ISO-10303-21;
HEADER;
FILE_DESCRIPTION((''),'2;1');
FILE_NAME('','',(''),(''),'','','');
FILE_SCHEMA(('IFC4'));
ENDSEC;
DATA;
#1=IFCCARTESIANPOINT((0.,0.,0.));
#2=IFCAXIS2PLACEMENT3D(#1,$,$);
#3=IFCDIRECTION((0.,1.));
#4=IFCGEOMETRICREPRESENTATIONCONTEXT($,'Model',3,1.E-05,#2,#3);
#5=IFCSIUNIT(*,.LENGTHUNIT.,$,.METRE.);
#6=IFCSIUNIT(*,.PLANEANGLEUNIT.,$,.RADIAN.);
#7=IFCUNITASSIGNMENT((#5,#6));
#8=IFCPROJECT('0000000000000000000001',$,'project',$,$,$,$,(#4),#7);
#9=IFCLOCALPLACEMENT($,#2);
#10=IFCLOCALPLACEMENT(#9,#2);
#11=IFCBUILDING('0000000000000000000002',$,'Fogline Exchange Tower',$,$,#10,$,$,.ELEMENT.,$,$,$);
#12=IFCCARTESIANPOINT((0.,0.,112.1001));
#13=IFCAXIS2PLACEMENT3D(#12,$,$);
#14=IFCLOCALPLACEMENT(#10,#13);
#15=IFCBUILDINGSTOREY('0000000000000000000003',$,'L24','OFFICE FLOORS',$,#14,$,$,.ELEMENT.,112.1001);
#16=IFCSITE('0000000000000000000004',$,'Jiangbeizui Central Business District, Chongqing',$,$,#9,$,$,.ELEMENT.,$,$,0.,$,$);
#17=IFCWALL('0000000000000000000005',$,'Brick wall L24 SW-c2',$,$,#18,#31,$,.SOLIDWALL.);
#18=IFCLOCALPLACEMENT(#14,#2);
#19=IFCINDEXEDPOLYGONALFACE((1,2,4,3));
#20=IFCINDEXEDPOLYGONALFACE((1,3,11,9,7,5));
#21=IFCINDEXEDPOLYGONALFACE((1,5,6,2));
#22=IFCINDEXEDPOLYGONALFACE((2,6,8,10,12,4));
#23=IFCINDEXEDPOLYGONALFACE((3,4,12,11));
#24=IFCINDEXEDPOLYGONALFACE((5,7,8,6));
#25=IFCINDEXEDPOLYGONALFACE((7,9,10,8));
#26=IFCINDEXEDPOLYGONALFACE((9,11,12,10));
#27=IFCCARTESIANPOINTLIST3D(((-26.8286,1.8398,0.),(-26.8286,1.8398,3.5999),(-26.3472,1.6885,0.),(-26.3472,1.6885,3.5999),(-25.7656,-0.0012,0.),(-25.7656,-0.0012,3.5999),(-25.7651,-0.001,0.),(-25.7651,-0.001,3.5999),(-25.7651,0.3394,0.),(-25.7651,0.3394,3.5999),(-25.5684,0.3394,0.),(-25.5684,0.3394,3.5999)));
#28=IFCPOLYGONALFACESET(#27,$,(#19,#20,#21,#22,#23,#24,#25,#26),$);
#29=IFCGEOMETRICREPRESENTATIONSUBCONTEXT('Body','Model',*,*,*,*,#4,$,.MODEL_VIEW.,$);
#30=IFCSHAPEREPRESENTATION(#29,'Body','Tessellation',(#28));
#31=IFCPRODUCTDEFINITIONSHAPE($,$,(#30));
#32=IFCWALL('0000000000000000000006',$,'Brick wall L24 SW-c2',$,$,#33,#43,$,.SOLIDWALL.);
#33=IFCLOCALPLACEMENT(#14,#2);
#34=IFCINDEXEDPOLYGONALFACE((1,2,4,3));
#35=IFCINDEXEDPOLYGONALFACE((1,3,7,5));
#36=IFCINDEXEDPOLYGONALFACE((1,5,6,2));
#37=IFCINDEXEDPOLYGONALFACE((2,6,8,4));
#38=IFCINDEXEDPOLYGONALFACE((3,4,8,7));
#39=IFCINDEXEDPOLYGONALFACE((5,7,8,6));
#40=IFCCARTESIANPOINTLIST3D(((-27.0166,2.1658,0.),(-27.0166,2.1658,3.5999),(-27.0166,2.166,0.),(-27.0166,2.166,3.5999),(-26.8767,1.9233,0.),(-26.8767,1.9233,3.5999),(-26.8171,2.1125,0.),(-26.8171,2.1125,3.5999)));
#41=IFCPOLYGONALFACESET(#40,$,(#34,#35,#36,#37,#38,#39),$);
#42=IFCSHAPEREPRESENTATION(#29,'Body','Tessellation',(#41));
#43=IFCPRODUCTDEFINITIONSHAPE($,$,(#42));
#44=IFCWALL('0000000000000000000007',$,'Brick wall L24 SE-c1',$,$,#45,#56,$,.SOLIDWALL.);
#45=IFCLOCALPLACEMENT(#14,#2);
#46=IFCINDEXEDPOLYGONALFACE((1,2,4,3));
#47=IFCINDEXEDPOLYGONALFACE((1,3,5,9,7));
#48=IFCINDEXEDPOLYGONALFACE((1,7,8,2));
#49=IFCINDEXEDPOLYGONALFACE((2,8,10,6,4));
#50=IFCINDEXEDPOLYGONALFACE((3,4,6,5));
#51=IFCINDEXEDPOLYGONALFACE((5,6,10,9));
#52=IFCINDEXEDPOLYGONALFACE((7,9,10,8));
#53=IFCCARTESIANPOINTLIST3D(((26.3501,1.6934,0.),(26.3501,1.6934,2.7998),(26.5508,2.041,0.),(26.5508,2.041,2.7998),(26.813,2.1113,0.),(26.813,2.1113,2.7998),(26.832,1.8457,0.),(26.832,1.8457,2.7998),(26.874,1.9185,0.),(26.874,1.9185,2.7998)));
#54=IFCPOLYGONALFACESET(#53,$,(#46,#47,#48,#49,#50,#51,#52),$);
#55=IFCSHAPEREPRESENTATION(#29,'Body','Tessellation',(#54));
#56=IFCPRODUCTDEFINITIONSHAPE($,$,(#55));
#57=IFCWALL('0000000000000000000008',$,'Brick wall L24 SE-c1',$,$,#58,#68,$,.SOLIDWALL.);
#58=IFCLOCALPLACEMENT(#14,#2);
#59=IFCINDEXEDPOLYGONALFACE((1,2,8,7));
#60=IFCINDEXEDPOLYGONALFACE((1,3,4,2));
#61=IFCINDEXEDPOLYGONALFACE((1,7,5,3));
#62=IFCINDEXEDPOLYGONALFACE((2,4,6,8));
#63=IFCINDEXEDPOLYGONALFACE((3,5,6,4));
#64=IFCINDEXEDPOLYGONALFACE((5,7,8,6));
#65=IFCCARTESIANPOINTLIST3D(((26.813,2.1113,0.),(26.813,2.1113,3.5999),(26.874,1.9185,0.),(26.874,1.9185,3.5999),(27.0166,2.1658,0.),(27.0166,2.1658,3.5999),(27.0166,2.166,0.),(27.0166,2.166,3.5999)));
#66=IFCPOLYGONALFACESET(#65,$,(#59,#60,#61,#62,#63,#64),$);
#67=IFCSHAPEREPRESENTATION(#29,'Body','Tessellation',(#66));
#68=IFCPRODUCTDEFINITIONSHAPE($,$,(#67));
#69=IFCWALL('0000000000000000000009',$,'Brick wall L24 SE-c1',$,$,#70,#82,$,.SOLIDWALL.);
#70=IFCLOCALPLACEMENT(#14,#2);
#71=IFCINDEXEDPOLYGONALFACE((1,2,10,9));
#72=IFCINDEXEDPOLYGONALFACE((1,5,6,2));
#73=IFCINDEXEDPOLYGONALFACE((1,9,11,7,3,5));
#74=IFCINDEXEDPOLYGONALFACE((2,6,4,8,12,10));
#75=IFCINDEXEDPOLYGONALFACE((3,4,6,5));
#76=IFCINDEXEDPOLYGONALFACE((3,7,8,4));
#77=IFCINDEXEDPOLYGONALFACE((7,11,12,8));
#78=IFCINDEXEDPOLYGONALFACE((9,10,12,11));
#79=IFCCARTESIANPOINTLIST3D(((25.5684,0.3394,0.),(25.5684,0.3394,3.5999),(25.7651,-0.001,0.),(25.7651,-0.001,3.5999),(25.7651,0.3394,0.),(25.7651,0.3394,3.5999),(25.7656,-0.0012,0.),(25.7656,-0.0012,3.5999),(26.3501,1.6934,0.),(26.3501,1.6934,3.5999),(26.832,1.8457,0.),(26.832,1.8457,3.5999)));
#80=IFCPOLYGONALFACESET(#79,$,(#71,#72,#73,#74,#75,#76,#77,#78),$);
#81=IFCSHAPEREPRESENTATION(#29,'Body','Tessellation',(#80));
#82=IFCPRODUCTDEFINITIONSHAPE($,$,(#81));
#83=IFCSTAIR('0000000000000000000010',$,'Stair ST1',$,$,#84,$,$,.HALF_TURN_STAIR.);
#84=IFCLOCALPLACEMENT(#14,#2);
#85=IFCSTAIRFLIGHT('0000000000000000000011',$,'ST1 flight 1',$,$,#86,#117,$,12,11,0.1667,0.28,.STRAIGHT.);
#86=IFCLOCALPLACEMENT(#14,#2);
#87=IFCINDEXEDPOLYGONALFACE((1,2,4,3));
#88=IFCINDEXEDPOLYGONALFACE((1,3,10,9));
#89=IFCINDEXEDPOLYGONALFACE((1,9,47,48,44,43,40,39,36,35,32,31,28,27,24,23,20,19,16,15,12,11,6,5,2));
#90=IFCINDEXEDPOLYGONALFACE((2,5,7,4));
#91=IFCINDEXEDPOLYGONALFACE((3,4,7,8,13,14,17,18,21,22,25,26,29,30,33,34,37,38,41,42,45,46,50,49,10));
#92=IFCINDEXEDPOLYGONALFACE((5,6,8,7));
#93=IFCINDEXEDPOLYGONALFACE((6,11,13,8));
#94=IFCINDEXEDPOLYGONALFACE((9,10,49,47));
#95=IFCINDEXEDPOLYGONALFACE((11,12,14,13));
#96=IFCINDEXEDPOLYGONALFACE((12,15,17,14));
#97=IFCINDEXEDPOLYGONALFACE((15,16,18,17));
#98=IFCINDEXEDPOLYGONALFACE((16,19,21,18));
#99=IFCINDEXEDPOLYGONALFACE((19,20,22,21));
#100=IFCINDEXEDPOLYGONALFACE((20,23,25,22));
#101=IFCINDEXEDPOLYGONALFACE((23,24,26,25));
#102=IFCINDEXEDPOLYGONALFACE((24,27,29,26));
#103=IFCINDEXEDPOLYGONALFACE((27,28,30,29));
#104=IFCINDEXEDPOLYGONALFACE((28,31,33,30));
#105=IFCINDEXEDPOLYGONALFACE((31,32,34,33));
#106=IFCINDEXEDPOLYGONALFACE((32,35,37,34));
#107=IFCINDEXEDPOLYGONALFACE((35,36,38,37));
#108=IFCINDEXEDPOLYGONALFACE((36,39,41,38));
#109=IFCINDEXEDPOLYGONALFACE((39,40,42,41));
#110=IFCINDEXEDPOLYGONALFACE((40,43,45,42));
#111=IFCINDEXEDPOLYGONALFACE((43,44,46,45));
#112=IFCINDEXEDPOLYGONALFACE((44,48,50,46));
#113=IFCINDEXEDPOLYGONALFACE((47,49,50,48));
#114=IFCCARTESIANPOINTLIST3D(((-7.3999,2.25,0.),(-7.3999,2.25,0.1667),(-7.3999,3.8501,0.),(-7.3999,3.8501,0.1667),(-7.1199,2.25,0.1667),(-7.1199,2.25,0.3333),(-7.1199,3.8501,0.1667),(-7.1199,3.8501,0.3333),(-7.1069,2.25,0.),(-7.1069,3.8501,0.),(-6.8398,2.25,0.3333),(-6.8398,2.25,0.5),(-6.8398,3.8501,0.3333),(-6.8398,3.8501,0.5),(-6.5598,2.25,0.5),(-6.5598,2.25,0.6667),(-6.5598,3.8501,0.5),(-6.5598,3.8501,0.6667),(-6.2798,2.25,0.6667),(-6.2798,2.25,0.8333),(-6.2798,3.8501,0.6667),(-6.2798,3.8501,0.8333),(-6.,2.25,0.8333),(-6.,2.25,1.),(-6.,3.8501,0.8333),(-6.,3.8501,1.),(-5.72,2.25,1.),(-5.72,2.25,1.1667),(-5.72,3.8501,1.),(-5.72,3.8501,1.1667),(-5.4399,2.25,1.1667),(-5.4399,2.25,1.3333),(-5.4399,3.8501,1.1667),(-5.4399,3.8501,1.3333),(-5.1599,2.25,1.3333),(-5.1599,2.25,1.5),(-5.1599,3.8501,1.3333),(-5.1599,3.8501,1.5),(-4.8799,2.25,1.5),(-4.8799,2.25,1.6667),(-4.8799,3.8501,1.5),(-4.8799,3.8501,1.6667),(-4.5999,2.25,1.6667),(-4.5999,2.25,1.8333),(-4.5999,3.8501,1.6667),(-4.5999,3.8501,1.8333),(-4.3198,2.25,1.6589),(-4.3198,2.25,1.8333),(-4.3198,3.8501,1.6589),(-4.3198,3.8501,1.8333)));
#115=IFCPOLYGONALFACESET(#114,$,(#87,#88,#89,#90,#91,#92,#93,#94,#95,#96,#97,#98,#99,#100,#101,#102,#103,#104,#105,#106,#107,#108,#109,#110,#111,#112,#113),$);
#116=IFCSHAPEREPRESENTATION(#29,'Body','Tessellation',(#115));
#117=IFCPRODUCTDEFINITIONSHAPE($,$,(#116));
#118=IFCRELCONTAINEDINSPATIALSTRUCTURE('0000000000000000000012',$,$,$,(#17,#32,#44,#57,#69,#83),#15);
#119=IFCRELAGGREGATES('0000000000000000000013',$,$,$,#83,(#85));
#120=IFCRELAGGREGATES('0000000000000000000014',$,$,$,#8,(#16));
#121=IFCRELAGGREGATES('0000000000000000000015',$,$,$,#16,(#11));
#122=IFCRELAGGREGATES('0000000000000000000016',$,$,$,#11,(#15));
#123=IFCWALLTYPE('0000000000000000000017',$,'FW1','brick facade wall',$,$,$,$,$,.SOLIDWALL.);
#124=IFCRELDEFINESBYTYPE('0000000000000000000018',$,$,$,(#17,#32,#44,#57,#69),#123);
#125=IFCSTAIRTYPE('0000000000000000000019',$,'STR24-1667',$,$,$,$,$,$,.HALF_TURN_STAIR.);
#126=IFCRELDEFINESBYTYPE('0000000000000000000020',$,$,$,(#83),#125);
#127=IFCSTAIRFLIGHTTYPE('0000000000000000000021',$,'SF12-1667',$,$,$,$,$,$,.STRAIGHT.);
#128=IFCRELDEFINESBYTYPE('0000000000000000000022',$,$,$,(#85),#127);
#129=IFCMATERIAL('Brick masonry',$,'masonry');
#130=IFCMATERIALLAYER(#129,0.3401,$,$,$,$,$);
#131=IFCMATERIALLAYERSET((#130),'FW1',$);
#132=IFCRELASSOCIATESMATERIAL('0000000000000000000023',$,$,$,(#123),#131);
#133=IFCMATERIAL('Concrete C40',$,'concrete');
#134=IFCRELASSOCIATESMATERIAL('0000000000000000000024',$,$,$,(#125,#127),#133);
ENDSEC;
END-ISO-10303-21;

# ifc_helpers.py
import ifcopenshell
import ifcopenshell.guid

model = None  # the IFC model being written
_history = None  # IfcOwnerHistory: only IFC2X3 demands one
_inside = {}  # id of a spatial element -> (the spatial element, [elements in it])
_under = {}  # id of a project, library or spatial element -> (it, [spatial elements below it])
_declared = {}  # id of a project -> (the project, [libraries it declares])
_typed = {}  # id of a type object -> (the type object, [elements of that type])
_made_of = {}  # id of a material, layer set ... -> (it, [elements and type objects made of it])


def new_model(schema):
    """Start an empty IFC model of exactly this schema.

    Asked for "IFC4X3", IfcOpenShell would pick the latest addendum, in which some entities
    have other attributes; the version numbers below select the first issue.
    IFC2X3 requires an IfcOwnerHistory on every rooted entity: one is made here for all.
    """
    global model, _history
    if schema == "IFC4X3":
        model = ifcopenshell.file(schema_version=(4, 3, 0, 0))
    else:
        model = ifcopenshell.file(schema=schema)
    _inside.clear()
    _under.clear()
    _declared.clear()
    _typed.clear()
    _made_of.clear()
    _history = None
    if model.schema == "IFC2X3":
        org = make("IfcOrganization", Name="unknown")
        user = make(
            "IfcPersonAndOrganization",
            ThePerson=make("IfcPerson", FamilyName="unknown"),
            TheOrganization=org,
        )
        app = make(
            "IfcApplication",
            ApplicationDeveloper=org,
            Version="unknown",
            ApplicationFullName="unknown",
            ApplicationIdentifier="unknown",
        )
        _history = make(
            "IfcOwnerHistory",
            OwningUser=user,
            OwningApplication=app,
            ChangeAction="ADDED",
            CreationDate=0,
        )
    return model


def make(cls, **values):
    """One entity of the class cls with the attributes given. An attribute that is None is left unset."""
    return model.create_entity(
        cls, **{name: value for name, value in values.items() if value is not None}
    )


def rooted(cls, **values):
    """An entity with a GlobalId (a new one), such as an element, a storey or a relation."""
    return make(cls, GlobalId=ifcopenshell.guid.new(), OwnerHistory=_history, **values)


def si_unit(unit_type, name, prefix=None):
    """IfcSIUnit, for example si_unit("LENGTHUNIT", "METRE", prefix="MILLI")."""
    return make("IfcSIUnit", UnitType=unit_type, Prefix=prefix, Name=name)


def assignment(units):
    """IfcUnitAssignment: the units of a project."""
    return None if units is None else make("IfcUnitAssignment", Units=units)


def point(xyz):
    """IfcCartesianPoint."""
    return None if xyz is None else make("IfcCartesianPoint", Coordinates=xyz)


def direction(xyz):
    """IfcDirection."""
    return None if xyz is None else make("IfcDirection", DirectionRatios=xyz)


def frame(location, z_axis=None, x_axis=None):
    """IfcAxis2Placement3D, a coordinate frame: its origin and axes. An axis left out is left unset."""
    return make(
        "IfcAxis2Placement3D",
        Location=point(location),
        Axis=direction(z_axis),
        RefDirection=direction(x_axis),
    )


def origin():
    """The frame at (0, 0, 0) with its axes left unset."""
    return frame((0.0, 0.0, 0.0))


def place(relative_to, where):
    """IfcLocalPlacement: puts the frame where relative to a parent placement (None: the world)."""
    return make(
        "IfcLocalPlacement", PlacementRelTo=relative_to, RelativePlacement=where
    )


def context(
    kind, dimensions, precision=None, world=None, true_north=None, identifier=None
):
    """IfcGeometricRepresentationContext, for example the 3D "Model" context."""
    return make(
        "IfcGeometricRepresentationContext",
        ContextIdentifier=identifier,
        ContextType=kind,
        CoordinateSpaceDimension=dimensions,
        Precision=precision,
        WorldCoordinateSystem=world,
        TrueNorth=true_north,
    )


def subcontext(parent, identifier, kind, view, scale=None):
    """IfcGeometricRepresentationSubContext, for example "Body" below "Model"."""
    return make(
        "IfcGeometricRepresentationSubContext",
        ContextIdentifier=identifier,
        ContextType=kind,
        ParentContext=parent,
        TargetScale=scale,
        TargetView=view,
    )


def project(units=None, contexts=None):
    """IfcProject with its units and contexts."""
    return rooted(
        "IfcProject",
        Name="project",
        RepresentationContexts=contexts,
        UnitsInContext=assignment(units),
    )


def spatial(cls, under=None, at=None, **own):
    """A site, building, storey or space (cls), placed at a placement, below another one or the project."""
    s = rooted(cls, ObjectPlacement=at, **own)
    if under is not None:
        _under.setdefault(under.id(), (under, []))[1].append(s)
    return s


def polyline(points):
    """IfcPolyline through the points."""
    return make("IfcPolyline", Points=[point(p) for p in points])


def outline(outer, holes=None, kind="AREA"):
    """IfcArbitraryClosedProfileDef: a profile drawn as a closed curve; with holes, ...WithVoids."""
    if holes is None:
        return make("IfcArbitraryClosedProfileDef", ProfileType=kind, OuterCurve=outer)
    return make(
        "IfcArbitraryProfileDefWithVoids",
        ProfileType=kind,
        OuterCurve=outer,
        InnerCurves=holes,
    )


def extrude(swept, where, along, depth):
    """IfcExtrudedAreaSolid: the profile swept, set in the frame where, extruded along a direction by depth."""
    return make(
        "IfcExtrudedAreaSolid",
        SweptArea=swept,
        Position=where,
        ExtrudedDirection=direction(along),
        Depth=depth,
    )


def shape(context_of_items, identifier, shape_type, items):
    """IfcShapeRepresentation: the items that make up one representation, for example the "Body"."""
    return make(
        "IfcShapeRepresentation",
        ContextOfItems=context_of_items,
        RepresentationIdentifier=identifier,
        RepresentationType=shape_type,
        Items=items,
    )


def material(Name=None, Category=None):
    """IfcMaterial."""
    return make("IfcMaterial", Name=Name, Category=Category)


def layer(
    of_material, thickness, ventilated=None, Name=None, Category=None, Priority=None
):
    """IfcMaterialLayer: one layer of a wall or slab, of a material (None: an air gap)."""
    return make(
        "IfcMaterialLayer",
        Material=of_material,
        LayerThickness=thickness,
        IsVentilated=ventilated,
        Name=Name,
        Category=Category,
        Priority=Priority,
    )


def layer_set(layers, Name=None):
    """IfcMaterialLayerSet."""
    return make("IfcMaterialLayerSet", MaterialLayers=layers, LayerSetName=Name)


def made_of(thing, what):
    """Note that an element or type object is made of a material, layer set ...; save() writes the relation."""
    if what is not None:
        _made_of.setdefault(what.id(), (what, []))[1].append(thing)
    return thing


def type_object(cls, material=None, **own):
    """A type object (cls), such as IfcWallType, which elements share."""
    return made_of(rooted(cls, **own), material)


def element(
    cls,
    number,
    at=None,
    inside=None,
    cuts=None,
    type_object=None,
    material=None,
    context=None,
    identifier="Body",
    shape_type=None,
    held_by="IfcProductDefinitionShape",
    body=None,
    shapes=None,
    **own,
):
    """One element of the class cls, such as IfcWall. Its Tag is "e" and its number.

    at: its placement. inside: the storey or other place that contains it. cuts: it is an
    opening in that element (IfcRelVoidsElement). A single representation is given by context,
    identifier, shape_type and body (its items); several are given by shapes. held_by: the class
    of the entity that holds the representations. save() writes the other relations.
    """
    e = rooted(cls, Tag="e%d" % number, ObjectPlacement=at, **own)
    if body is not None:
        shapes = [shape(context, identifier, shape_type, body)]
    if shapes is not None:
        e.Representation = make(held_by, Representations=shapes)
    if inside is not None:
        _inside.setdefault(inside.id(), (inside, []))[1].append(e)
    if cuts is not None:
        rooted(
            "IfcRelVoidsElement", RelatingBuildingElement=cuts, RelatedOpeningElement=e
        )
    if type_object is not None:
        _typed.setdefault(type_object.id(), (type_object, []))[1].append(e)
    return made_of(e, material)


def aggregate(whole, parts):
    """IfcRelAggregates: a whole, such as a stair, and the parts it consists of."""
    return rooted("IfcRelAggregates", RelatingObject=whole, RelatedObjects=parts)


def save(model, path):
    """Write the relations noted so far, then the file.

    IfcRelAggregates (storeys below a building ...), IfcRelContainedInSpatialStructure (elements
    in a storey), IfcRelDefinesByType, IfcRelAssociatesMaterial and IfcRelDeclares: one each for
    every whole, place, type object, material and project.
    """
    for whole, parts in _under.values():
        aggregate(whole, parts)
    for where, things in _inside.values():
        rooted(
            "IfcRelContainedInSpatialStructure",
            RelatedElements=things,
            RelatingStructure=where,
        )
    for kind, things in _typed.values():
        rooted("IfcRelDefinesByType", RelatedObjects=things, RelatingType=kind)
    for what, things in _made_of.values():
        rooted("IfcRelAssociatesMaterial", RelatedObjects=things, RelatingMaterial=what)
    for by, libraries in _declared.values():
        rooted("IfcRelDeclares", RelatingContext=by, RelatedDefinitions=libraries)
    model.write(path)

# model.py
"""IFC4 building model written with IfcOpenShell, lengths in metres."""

from ifc_helpers import new_model, si_unit, direction, frame, origin, place, context, subcontext, project, spatial, polyline, outline, extrude, material, layer, layer_set, type_object, element, aggregate, save


model = new_model("IFC4")

# Units and contexts
model_context = context("Model", 3, precision=1e-05, world=origin(), true_north=direction((0.0, 1.0)))
body_context = subcontext(model_context, "Body", "Model", "MODEL_VIEW")
ifc_project = project(units=[si_unit("LENGTHUNIT", "METRE"), si_unit("PLANEANGLEUNIT", "RADIAN")], contexts=[model_context])

# Site, building, storey
site_placement = place(None, origin())
site = spatial("IfcSite", under=ifc_project, at=site_placement, Name="Jiangbeizui Central Business District, Chongqing", CompositionType="ELEMENT", RefElevation=0.0)
building_placement = place(site_placement, origin())
building = spatial("IfcBuilding", under=site, at=building_placement, Name="Fogline Exchange Tower", CompositionType="ELEMENT")
storey_placement = place(building_placement, frame((0.0, 0.0, 112.1001)))
storey = spatial("IfcBuildingStorey", under=building, at=storey_placement, Name="L24", Description="OFFICE FLOORS", CompositionType="ELEMENT", Elevation=112.1001)

# Shared definitions
ifc_material_1 = material(Name="Concrete C40", Category="concrete")

# Walls
ifc_material_2 = material(Name="Brick masonry", Category="masonry")
ifc_layer_1 = layer(ifc_material_2, 0.3401)
ifc_layer_set_1 = layer_set([ifc_layer_1], Name="FW1")
wall_type_1 = type_object("IfcWallType", Name="FW1", Description="brick facade wall", PredefinedType="SOLIDWALL", material=ifc_layer_set_1)
wall_1_placement = place(storey_placement, origin())
element("IfcWall", 1, at=wall_1_placement, inside=storey, type_object=wall_type_1, Name="Brick wall L24 SW-c2", PredefinedType="SOLIDWALL", context=body_context, shape_type="SweptSolid", body=[
    extrude(outline(polyline([(-25.7651, 0.3394), (-25.7651, -0.001), (-25.7656, -0.0012), (-26.8286, 1.8398), (-26.3472, 1.6885), (-25.5684, 0.3394), (-25.7651, 0.3394)])), origin(), (0.0, 0.0, 1.0), 3.5999),
])
wall_2_placement = place(storey_placement, origin())
element("IfcWall", 2, at=wall_2_placement, inside=storey, type_object=wall_type_1, Name="Brick wall L24 SW-c2", PredefinedType="SOLIDWALL", context=body_context, shape_type="SweptSolid", body=[
    extrude(outline(polyline([(-27.0166, 2.1658), (-27.0166, 2.166), (-26.8171, 2.1125), (-26.8767, 1.9233), (-27.0166, 2.1658)])), origin(), (0.0, 0.0, 1.0), 3.5999),
])
wall_3_placement = place(storey_placement, origin())
element("IfcWall", 3, at=wall_3_placement, inside=storey, type_object=wall_type_1, Name="Brick wall L24 SE-c1", PredefinedType="SOLIDWALL", context=body_context, shape_type="SweptSolid", body=[
    extrude(outline(polyline([(26.832, 1.8457), (26.3501, 1.6934), (26.5508, 2.041), (26.813, 2.1113), (26.874, 1.9185), (26.832, 1.8457)])), origin(), (0.0, 0.0, 1.0), 2.7998),
])
wall_4_placement = place(storey_placement, origin())
element("IfcWall", 4, at=wall_4_placement, inside=storey, type_object=wall_type_1, Name="Brick wall L24 SE-c1", PredefinedType="SOLIDWALL", context=body_context, shape_type="SweptSolid", body=[
    extrude(outline(polyline([(26.874, 1.9185), (26.813, 2.1113), (27.0166, 2.166), (27.0166, 2.1658), (26.874, 1.9185)])), origin(), (0.0, 0.0, 1.0), 3.5999),
])
wall_5_placement = place(storey_placement, origin())
element("IfcWall", 5, at=wall_5_placement, inside=storey, type_object=wall_type_1, Name="Brick wall L24 SE-c1", PredefinedType="SOLIDWALL", context=body_context, shape_type="SweptSolid", body=[
    extrude(outline(polyline([(25.7656, -0.0012), (25.7651, -0.001), (25.7651, 0.3394), (25.5684, 0.3394), (26.3501, 1.6934), (26.832, 1.8457), (25.7656, -0.0012)])), origin(), (0.0, 0.0, 1.0), 3.5999),
])

# Stair, stair flight
stair_type = type_object("IfcStairType", Name="STR24-1667", PredefinedType="HALF_TURN_STAIR", material=ifc_material_1)
stair_placement = place(storey_placement, origin())
stair = element("IfcStair", 6, at=stair_placement, inside=storey, type_object=stair_type, Name="Stair ST1", PredefinedType="HALF_TURN_STAIR")
stair_flight_type = type_object("IfcStairFlightType", Name="SF12-1667", PredefinedType="STRAIGHT", material=ifc_material_1)
stair_flight_placement = place(storey_placement, frame((-7.3999, 3.05, 0.0), z_axis=(0.0, 0.0, 1.0), x_axis=(1.0, 0.0, 0.0)))
stair_flight = element("IfcStairFlight", 7, at=stair_flight_placement, type_object=stair_flight_type, Name="ST1 flight 1", NumberOfRisers=12, NumberOfTreads=11, PredefinedType="STRAIGHT", RiserHeight=0.1667, TreadLength=0.28, context=body_context, shape_type="SweptSolid", body=[
    extrude(outline(polyline([(0.0, 0.0), (0.0, 0.1667), (0.28, 0.1667), (0.28, 0.3333), (0.5601, 0.3333), (0.5601, 0.5), (0.8401, 0.5), (0.8401, 0.6667), (1.1201, 0.6667), (1.1201, 0.8333), (1.3999, 0.8333), (1.3999, 1.0), (1.6799, 1.0), (1.6799, 1.1667), (1.96, 1.1667), (1.96, 1.3333), (2.24, 1.3333), (2.24, 1.5), (2.52, 1.5), (2.52, 1.6667), (2.8, 1.6667), (2.8, 1.8333), (3.0801, 1.8333), (3.0801, 2.0), (3.0801, 1.6589), (0.293, 0.0), (0.0, 0.0)])), frame((0.0, 0.8, 0.0), z_axis=(0.0, -1.0, 0.0), x_axis=(1.0, 0.0, 0.0)), (0.0, 0.0, 1.0), 1.6001),
])
aggregate(stair, [stair_flight])

save(model, "model.ifc")
